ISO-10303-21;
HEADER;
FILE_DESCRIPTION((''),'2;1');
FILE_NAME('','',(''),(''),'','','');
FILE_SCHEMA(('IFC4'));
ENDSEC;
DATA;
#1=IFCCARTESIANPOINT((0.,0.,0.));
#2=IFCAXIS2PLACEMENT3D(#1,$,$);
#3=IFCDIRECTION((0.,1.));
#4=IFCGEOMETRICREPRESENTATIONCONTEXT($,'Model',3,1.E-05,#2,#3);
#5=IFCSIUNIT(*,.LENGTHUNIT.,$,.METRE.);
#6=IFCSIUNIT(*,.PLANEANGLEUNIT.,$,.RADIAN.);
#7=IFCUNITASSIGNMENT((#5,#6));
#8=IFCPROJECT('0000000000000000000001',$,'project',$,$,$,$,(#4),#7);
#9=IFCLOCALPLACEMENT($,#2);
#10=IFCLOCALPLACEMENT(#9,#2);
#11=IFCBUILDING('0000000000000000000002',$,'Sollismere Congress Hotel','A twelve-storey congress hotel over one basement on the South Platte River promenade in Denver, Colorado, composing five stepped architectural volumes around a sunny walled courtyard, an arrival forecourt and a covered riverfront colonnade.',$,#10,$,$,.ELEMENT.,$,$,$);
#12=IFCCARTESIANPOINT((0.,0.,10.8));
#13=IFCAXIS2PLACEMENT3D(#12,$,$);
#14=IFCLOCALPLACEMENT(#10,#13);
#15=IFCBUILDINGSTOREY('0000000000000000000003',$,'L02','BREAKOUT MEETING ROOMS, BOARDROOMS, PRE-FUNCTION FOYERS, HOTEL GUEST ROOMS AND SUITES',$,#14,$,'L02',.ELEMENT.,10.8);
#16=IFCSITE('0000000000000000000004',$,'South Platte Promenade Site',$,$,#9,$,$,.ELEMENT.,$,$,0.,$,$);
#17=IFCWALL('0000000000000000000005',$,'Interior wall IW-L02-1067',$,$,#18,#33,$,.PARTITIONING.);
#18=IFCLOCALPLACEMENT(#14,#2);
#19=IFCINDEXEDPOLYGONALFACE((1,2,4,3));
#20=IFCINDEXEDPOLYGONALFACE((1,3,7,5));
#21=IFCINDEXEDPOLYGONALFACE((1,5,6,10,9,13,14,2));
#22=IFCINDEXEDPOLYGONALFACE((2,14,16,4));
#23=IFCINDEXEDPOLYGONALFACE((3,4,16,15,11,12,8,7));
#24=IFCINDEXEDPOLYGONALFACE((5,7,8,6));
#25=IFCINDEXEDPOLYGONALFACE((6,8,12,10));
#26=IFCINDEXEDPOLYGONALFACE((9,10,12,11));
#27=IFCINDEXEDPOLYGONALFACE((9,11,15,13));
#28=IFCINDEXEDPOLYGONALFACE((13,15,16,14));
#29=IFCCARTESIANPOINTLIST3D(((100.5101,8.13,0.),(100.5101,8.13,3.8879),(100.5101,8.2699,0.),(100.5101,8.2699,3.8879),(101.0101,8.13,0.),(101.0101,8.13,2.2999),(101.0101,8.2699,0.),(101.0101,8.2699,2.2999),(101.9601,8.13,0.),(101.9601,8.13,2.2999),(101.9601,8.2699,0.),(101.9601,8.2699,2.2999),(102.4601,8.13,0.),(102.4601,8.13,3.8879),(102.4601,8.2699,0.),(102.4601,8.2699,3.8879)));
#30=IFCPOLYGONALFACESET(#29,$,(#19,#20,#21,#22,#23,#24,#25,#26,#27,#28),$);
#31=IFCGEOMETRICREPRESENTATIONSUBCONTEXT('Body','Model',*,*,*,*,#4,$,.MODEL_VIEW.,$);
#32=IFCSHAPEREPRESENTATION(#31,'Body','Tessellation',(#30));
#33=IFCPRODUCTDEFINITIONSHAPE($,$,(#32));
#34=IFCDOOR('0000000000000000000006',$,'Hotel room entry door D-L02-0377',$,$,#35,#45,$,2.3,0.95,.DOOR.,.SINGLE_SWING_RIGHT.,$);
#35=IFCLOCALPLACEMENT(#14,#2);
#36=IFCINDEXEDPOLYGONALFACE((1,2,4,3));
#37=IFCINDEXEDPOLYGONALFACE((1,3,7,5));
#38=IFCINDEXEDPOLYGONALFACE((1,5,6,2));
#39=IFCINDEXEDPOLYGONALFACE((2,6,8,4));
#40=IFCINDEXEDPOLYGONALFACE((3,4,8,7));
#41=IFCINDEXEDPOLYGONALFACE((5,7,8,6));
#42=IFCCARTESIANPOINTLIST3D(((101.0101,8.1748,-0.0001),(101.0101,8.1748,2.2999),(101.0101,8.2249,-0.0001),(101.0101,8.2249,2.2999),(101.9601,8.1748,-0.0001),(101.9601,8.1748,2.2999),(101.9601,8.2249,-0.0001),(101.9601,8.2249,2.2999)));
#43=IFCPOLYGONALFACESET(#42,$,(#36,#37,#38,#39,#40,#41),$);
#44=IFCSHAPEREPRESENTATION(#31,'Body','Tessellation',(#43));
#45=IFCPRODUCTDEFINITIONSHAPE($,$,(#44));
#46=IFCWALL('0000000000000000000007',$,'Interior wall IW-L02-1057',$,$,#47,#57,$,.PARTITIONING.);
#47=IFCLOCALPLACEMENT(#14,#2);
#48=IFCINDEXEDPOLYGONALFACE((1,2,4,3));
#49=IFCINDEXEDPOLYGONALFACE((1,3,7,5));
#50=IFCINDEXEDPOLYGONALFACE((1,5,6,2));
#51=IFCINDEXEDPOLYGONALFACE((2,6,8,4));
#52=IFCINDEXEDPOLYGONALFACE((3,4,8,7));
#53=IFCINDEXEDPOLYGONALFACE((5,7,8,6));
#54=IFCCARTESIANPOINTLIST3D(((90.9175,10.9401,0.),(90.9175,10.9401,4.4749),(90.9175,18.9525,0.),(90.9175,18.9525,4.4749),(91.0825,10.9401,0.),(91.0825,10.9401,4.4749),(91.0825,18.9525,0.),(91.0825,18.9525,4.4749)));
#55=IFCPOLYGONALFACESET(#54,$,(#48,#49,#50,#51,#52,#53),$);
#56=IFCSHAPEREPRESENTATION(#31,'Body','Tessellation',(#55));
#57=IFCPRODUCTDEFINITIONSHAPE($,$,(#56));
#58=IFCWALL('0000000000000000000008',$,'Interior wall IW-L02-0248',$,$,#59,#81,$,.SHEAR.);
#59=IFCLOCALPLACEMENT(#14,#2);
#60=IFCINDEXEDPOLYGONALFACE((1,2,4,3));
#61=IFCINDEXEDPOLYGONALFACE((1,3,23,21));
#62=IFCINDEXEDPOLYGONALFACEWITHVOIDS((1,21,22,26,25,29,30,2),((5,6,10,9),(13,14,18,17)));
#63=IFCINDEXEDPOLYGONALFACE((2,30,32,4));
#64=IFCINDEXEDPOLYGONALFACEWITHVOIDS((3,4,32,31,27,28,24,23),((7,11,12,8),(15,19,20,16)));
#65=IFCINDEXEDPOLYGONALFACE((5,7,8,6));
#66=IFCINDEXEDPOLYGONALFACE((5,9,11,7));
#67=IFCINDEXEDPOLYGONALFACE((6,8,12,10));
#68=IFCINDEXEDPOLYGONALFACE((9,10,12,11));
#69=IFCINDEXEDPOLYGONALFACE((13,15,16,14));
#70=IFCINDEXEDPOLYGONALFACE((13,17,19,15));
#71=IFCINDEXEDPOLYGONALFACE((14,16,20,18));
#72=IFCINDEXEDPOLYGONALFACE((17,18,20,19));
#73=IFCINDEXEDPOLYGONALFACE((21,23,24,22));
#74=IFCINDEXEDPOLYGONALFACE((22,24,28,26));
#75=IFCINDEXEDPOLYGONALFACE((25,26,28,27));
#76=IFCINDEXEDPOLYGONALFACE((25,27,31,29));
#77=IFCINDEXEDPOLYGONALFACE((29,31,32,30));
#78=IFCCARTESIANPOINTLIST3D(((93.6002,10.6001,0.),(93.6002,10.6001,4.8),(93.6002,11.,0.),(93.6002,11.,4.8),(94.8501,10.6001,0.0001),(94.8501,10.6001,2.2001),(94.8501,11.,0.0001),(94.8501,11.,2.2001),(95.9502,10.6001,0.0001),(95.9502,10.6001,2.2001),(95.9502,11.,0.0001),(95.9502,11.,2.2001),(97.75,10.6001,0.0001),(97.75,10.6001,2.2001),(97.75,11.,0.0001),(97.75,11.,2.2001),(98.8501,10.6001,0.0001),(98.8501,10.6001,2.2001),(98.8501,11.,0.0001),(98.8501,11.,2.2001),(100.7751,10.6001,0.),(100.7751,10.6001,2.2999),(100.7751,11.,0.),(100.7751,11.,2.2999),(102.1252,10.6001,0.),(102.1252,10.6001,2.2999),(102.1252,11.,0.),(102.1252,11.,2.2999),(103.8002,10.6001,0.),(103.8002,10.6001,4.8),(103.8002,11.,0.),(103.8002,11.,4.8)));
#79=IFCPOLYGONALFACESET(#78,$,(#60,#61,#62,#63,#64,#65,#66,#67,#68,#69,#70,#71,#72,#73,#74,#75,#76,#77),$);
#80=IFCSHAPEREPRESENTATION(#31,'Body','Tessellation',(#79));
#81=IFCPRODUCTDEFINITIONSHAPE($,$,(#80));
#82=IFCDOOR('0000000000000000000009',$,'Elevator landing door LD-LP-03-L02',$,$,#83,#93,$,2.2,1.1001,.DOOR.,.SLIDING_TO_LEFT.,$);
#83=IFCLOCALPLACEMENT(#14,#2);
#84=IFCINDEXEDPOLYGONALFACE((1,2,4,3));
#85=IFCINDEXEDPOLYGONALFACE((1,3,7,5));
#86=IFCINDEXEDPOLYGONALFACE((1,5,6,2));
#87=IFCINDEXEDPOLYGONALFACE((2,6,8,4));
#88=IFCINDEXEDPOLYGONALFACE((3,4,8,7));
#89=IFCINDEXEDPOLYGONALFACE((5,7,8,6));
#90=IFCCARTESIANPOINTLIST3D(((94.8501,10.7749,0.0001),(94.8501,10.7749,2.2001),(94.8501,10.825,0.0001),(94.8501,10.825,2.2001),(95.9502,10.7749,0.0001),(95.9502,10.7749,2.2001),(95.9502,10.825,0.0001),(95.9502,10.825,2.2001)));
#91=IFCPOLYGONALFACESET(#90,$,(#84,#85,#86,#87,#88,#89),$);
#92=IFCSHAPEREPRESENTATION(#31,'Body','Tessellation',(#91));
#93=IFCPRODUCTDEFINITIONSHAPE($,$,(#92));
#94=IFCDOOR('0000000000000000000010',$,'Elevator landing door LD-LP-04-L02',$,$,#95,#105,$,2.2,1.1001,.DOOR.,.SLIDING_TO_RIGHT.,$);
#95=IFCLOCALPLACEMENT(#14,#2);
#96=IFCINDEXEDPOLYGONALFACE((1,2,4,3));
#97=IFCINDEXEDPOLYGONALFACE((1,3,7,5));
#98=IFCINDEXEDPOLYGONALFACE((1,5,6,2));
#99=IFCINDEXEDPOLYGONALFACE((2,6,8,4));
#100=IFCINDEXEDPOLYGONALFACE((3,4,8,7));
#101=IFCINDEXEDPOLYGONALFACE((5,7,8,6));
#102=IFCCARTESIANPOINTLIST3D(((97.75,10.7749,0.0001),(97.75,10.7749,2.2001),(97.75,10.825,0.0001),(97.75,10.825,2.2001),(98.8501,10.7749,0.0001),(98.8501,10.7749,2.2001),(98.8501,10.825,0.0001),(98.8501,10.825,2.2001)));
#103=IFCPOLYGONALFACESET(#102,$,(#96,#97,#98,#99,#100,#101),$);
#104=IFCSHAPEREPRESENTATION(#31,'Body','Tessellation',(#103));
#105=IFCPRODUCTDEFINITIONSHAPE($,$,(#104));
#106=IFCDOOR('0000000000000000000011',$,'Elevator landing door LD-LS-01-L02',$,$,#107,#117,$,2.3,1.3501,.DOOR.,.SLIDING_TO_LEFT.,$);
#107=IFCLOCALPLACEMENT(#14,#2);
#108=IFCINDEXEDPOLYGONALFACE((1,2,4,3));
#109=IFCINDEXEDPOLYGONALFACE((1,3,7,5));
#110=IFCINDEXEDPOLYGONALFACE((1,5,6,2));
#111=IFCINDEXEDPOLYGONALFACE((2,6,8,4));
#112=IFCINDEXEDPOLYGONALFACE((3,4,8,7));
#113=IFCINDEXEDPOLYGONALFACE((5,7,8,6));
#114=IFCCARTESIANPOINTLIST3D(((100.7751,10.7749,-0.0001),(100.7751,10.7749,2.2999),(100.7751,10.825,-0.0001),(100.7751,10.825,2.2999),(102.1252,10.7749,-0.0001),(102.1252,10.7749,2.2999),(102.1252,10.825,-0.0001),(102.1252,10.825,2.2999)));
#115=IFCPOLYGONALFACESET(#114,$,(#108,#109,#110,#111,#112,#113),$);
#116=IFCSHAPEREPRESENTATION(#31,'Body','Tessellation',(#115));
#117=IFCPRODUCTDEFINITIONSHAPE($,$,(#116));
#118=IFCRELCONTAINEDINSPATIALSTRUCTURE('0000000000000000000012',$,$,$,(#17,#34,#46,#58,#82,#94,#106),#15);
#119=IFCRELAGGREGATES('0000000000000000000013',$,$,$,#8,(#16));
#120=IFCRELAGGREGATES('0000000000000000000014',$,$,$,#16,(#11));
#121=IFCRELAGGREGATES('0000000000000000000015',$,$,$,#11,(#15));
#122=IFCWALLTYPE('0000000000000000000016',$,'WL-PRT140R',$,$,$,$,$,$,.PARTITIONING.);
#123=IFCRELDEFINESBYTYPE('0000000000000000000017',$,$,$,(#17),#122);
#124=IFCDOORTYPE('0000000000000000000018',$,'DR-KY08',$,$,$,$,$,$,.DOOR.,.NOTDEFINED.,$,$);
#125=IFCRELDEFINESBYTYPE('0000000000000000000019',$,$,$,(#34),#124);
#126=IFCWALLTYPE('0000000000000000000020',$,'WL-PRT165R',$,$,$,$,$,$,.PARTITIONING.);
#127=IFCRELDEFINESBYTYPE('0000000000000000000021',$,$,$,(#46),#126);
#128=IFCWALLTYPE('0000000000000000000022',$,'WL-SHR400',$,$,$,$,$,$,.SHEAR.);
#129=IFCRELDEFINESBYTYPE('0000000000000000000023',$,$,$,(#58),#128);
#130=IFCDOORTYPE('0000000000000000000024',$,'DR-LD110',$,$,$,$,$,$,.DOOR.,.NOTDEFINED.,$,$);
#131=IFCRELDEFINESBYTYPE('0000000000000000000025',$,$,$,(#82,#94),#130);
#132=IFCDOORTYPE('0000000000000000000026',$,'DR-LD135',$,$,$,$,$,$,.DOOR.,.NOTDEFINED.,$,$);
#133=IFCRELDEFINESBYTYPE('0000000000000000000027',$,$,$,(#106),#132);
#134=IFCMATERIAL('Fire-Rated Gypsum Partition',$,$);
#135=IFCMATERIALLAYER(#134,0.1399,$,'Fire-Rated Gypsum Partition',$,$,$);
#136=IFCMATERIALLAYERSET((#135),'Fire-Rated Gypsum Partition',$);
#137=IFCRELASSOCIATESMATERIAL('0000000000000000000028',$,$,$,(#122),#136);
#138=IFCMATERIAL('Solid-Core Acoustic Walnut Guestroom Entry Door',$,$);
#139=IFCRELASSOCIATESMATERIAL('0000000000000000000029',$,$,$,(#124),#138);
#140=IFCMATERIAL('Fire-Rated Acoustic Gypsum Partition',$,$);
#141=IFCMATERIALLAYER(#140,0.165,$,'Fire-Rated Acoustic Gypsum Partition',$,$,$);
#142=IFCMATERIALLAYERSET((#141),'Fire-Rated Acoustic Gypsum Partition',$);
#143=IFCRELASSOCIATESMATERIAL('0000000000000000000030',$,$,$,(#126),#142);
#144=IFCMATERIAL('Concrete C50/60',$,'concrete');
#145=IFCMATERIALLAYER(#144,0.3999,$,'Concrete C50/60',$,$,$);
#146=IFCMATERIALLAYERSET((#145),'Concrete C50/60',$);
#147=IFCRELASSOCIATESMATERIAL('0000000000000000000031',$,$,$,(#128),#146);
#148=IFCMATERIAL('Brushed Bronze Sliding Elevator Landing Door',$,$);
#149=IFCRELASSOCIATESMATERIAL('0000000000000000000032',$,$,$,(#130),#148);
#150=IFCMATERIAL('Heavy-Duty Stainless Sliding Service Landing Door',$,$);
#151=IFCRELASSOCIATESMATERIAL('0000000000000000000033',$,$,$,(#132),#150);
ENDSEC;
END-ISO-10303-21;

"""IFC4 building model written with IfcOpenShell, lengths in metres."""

from ifc_helpers import new_model, si_unit, direction, frame, frame_2d, origin, place, context, subcontext, project, spatial, rectangle, extrude, material, layer, layer_set, type_object, element, fill, save


model = new_model("IFC4")

# Units and contexts
model_context = context("Model", 3, precision=1e-05, world=origin(), true_north=direction((0.0, 1.0)))
body_context = subcontext(model_context, "Body", "Model", "MODEL_VIEW")
ifc_project = project(units=[si_unit("LENGTHUNIT", "METRE"), si_unit("PLANEANGLEUNIT", "RADIAN")], contexts=[model_context])

# Site, building, storey
site_placement = place(None, origin())
site = spatial("IfcSite", under=ifc_project, at=site_placement, Name="South Platte Promenade Site", CompositionType="ELEMENT", RefElevation=0.0)
building_placement = place(site_placement, origin())
building = spatial("IfcBuilding", under=site, at=building_placement, Name="Sollismere Congress Hotel", Description="A twelve-storey congress hotel over one basement on the South Platte River promenade in Denver, Colorado, composing five stepped architectural volumes around a sunny walled courtyard, an arrival forecourt and a covered riverfront colonnade.", CompositionType="ELEMENT")
storey_placement = place(building_placement, frame((0.0, 0.0, 10.8)))
storey = spatial("IfcBuildingStorey", under=building, at=storey_placement, Name="L02", Description="BREAKOUT MEETING ROOMS, BOARDROOMS, PRE-FUNCTION FOYERS, HOTEL GUEST ROOMS AND SUITES", LongName="L02", CompositionType="ELEMENT", Elevation=10.8)

# Shared definitions
ifc_material_1 = material(Name="Fire-Rated Gypsum Partition")
ifc_layer_1 = layer(ifc_material_1, 0.1399, Name="Fire-Rated Gypsum Partition")
ifc_layer_set_1 = layer_set([ifc_layer_1], Name="Fire-Rated Gypsum Partition")
wall_type_1 = type_object("IfcWallType", Name="WL-PRT140R", PredefinedType="PARTITIONING", material=ifc_layer_set_1)

# Wall, opening, door
ifc_material_2 = material(Name="Solid-Core Acoustic Walnut Guestroom Entry Door")
wall_1_placement = place(storey_placement, frame((100.51, 8.2, 0.0), z_axis=(0.0, 0.0, 1.0), x_axis=(1.0, 0.0, 0.0)))
wall_1 = element("IfcWall", 1, at=wall_1_placement, inside=storey, type_object=wall_type_1, Name="Interior wall IW-L02-1067", PredefinedType="PARTITIONING", context=body_context, shape_type="SweptSolid", body=[
    extrude(rectangle(XDim=1.95, YDim=0.1399, at=frame_2d((0.9751, 0.0))), origin(), (0.0, 0.0, 1.0), 3.8879),
])
opening_1_placement = place(wall_1_placement, frame((0.5, 0.0, 0.0)))
opening_1 = element("IfcOpeningElement", 2, at=opening_1_placement, cuts=wall_1, PredefinedType="OPENING", context=body_context, shape_type="SweptSolid", body=[
    extrude(rectangle(XDim=0.95, YDim=2.3, at=frame_2d((0.4751, 1.1499))), frame((0.0, 0.0798, 0.0), z_axis=(0.0, -1.0, 0.0), x_axis=(1.0, 0.0, 0.0)), (0.0, 0.0, 1.0), 0.1599),
])
door_type_1 = type_object("IfcDoorType", Name="DR-KY08", OperationType="NOTDEFINED", PredefinedType="DOOR", material=ifc_material_2)
door_1_placement = place(opening_1_placement, origin())
door_1 = element("IfcDoor", 3, at=door_1_placement, inside=storey, type_object=door_type_1, Name="Hotel room entry door D-L02-0377", OperationType="SINGLE_SWING_RIGHT", OverallHeight=2.3, OverallWidth=0.95, PredefinedType="DOOR", context=body_context, shape_type="SweptSolid", body=[
    extrude(rectangle(XDim=0.95, YDim=2.3, at=frame_2d((0.4751, 1.1499))), frame((0.0, 0.0249, 0.0), z_axis=(0.0, -1.0, 0.0), x_axis=(1.0, 0.0, 0.0)), (0.0, 0.0, 1.0), 0.05),
])
fill(opening_1, door_1)

# Wall
ifc_material_3 = material(Name="Fire-Rated Acoustic Gypsum Partition")
ifc_layer_2 = layer(ifc_material_3, 0.165, Name="Fire-Rated Acoustic Gypsum Partition")
ifc_layer_set_2 = layer_set([ifc_layer_2], Name="Fire-Rated Acoustic Gypsum Partition")
wall_type_2 = type_object("IfcWallType", Name="WL-PRT165R", PredefinedType="PARTITIONING", material=ifc_layer_set_2)
wall_2_placement = place(storey_placement, frame((91.0, 10.9399, 0.0), z_axis=(0.0, 0.0, 1.0), x_axis=(0.0, 1.0, 0.0)))
element("IfcWall", 4, at=wall_2_placement, inside=storey, type_object=wall_type_2, Name="Interior wall IW-L02-1057", PredefinedType="PARTITIONING", context=body_context, shape_type="SweptSolid", body=[
    extrude(rectangle(XDim=8.0125, YDim=0.165, at=frame_2d((4.0063, 0.0))), origin(), (0.0, 0.0, 1.0), 4.4749),
])

# Wall, openings, doors
ifc_material_4 = material(Name="Concrete C50/60", Category="concrete")
ifc_layer_3 = layer(ifc_material_4, 0.3999, Name="Concrete C50/60")
ifc_layer_set_3 = layer_set([ifc_layer_3], Name="Concrete C50/60")
wall_type_3 = type_object("IfcWallType", Name="WL-SHR400", PredefinedType="SHEAR", material=ifc_layer_set_3)
wall_3_placement = place(storey_placement, frame((93.6001, 10.8, 0.0), z_axis=(0.0, 0.0, 1.0), x_axis=(1.0, 0.0, 0.0)))
wall_3 = element("IfcWall", 5, at=wall_3_placement, inside=storey, type_object=wall_type_3, Name="Interior wall IW-L02-0248", PredefinedType="SHEAR", context=body_context, shape_type="SweptSolid", body=[
    extrude(rectangle(XDim=10.2, YDim=0.3999, at=frame_2d((5.1001, 0.0))), origin(), (0.0, 0.0, 1.0), 4.8),
])
opening_2_placement = place(wall_3_placement, frame((1.25, 0.0, 0.0)))
opening_2 = element("IfcOpeningElement", 6, at=opening_2_placement, cuts=wall_3, PredefinedType="OPENING", context=body_context, shape_type="SweptSolid", body=[
    extrude(rectangle(XDim=1.1001, YDim=2.2, at=frame_2d((0.55, 1.1001))), frame((0.0, 0.21, 0.0), z_axis=(0.0, -1.0, 0.0), x_axis=(1.0, 0.0, 0.0)), (0.0, 0.0, 1.0), 0.4199),
])
opening_3_placement = place(wall_3_placement, frame((4.1499, 0.0, 0.0)))
opening_3 = element("IfcOpeningElement", 7, at=opening_3_placement, cuts=wall_3, PredefinedType="OPENING", context=body_context, shape_type="SweptSolid", body=[
    extrude(rectangle(XDim=1.1001, YDim=2.2, at=frame_2d((0.55, 1.1001))), frame((0.0, 0.21, 0.0), z_axis=(0.0, -1.0, 0.0), x_axis=(1.0, 0.0, 0.0)), (0.0, 0.0, 1.0), 0.4199),
])
opening_4_placement = place(wall_3_placement, frame((7.175, 0.0, 0.0)))
opening_4 = element("IfcOpeningElement", 8, at=opening_4_placement, cuts=wall_3, PredefinedType="OPENING", context=body_context, shape_type="SweptSolid", body=[
    extrude(rectangle(XDim=1.3501, YDim=2.3, at=frame_2d((0.675, 1.1499))), frame((0.0, 0.21, 0.0), z_axis=(0.0, -1.0, 0.0), x_axis=(1.0, 0.0, 0.0)), (0.0, 0.0, 1.0), 0.4199),
])
ifc_material_5 = material(Name="Brushed Bronze Sliding Elevator Landing Door")
door_type_2 = type_object("IfcDoorType", Name="DR-LD110", OperationType="NOTDEFINED", PredefinedType="DOOR", material=ifc_material_5)
door_2_placement = place(opening_2_placement, origin())
door_2 = element("IfcDoor", 9, at=door_2_placement, inside=storey, type_object=door_type_2, Name="Elevator landing door LD-LP-03-L02", OperationType="SLIDING_TO_LEFT", OverallHeight=2.2, OverallWidth=1.1001, PredefinedType="DOOR", context=body_context, shape_type="SweptSolid", body=[
    extrude(rectangle(XDim=1.1001, YDim=2.2, at=frame_2d((0.55, 1.1001))), frame((0.0, 0.0249, 0.0), z_axis=(0.0, -1.0, 0.0), x_axis=(1.0, 0.0, 0.0)), (0.0, 0.0, 1.0), 0.05),
])
fill(opening_2, door_2)
door_3_placement = place(opening_3_placement, origin())
door_3 = element("IfcDoor", 10, at=door_3_placement, inside=storey, type_object=door_type_2, Name="Elevator landing door LD-LP-04-L02", OperationType="SLIDING_TO_RIGHT", OverallHeight=2.2, OverallWidth=1.1001, PredefinedType="DOOR", context=body_context, shape_type="SweptSolid", body=[
    extrude(rectangle(XDim=1.1001, YDim=2.2, at=frame_2d((0.55, 1.1001))), frame((0.0, 0.0249, 0.0), z_axis=(0.0, -1.0, 0.0), x_axis=(1.0, 0.0, 0.0)), (0.0, 0.0, 1.0), 0.05),
])
fill(opening_3, door_3)
ifc_material_6 = material(Name="Heavy-Duty Stainless Sliding Service Landing Door")
door_type_3 = type_object("IfcDoorType", Name="DR-LD135", OperationType="NOTDEFINED", PredefinedType="DOOR", material=ifc_material_6)
door_4_placement = place(opening_4_placement, origin())
door_4 = element("IfcDoor", 11, at=door_4_placement, inside=storey, type_object=door_type_3, Name="Elevator landing door LD-LS-01-L02", OperationType="SLIDING_TO_LEFT", OverallHeight=2.3, OverallWidth=1.3501, PredefinedType="DOOR", context=body_context, shape_type="SweptSolid", body=[
    extrude(rectangle(XDim=1.3501, YDim=2.3, at=frame_2d((0.675, 1.1499))), frame((0.0, 0.0249, 0.0), z_axis=(0.0, -1.0, 0.0), x_axis=(1.0, 0.0, 0.0)), (0.0, 0.0, 1.0), 0.05),
])
fill(opening_4, door_4)

save(model, "model.ifc")
